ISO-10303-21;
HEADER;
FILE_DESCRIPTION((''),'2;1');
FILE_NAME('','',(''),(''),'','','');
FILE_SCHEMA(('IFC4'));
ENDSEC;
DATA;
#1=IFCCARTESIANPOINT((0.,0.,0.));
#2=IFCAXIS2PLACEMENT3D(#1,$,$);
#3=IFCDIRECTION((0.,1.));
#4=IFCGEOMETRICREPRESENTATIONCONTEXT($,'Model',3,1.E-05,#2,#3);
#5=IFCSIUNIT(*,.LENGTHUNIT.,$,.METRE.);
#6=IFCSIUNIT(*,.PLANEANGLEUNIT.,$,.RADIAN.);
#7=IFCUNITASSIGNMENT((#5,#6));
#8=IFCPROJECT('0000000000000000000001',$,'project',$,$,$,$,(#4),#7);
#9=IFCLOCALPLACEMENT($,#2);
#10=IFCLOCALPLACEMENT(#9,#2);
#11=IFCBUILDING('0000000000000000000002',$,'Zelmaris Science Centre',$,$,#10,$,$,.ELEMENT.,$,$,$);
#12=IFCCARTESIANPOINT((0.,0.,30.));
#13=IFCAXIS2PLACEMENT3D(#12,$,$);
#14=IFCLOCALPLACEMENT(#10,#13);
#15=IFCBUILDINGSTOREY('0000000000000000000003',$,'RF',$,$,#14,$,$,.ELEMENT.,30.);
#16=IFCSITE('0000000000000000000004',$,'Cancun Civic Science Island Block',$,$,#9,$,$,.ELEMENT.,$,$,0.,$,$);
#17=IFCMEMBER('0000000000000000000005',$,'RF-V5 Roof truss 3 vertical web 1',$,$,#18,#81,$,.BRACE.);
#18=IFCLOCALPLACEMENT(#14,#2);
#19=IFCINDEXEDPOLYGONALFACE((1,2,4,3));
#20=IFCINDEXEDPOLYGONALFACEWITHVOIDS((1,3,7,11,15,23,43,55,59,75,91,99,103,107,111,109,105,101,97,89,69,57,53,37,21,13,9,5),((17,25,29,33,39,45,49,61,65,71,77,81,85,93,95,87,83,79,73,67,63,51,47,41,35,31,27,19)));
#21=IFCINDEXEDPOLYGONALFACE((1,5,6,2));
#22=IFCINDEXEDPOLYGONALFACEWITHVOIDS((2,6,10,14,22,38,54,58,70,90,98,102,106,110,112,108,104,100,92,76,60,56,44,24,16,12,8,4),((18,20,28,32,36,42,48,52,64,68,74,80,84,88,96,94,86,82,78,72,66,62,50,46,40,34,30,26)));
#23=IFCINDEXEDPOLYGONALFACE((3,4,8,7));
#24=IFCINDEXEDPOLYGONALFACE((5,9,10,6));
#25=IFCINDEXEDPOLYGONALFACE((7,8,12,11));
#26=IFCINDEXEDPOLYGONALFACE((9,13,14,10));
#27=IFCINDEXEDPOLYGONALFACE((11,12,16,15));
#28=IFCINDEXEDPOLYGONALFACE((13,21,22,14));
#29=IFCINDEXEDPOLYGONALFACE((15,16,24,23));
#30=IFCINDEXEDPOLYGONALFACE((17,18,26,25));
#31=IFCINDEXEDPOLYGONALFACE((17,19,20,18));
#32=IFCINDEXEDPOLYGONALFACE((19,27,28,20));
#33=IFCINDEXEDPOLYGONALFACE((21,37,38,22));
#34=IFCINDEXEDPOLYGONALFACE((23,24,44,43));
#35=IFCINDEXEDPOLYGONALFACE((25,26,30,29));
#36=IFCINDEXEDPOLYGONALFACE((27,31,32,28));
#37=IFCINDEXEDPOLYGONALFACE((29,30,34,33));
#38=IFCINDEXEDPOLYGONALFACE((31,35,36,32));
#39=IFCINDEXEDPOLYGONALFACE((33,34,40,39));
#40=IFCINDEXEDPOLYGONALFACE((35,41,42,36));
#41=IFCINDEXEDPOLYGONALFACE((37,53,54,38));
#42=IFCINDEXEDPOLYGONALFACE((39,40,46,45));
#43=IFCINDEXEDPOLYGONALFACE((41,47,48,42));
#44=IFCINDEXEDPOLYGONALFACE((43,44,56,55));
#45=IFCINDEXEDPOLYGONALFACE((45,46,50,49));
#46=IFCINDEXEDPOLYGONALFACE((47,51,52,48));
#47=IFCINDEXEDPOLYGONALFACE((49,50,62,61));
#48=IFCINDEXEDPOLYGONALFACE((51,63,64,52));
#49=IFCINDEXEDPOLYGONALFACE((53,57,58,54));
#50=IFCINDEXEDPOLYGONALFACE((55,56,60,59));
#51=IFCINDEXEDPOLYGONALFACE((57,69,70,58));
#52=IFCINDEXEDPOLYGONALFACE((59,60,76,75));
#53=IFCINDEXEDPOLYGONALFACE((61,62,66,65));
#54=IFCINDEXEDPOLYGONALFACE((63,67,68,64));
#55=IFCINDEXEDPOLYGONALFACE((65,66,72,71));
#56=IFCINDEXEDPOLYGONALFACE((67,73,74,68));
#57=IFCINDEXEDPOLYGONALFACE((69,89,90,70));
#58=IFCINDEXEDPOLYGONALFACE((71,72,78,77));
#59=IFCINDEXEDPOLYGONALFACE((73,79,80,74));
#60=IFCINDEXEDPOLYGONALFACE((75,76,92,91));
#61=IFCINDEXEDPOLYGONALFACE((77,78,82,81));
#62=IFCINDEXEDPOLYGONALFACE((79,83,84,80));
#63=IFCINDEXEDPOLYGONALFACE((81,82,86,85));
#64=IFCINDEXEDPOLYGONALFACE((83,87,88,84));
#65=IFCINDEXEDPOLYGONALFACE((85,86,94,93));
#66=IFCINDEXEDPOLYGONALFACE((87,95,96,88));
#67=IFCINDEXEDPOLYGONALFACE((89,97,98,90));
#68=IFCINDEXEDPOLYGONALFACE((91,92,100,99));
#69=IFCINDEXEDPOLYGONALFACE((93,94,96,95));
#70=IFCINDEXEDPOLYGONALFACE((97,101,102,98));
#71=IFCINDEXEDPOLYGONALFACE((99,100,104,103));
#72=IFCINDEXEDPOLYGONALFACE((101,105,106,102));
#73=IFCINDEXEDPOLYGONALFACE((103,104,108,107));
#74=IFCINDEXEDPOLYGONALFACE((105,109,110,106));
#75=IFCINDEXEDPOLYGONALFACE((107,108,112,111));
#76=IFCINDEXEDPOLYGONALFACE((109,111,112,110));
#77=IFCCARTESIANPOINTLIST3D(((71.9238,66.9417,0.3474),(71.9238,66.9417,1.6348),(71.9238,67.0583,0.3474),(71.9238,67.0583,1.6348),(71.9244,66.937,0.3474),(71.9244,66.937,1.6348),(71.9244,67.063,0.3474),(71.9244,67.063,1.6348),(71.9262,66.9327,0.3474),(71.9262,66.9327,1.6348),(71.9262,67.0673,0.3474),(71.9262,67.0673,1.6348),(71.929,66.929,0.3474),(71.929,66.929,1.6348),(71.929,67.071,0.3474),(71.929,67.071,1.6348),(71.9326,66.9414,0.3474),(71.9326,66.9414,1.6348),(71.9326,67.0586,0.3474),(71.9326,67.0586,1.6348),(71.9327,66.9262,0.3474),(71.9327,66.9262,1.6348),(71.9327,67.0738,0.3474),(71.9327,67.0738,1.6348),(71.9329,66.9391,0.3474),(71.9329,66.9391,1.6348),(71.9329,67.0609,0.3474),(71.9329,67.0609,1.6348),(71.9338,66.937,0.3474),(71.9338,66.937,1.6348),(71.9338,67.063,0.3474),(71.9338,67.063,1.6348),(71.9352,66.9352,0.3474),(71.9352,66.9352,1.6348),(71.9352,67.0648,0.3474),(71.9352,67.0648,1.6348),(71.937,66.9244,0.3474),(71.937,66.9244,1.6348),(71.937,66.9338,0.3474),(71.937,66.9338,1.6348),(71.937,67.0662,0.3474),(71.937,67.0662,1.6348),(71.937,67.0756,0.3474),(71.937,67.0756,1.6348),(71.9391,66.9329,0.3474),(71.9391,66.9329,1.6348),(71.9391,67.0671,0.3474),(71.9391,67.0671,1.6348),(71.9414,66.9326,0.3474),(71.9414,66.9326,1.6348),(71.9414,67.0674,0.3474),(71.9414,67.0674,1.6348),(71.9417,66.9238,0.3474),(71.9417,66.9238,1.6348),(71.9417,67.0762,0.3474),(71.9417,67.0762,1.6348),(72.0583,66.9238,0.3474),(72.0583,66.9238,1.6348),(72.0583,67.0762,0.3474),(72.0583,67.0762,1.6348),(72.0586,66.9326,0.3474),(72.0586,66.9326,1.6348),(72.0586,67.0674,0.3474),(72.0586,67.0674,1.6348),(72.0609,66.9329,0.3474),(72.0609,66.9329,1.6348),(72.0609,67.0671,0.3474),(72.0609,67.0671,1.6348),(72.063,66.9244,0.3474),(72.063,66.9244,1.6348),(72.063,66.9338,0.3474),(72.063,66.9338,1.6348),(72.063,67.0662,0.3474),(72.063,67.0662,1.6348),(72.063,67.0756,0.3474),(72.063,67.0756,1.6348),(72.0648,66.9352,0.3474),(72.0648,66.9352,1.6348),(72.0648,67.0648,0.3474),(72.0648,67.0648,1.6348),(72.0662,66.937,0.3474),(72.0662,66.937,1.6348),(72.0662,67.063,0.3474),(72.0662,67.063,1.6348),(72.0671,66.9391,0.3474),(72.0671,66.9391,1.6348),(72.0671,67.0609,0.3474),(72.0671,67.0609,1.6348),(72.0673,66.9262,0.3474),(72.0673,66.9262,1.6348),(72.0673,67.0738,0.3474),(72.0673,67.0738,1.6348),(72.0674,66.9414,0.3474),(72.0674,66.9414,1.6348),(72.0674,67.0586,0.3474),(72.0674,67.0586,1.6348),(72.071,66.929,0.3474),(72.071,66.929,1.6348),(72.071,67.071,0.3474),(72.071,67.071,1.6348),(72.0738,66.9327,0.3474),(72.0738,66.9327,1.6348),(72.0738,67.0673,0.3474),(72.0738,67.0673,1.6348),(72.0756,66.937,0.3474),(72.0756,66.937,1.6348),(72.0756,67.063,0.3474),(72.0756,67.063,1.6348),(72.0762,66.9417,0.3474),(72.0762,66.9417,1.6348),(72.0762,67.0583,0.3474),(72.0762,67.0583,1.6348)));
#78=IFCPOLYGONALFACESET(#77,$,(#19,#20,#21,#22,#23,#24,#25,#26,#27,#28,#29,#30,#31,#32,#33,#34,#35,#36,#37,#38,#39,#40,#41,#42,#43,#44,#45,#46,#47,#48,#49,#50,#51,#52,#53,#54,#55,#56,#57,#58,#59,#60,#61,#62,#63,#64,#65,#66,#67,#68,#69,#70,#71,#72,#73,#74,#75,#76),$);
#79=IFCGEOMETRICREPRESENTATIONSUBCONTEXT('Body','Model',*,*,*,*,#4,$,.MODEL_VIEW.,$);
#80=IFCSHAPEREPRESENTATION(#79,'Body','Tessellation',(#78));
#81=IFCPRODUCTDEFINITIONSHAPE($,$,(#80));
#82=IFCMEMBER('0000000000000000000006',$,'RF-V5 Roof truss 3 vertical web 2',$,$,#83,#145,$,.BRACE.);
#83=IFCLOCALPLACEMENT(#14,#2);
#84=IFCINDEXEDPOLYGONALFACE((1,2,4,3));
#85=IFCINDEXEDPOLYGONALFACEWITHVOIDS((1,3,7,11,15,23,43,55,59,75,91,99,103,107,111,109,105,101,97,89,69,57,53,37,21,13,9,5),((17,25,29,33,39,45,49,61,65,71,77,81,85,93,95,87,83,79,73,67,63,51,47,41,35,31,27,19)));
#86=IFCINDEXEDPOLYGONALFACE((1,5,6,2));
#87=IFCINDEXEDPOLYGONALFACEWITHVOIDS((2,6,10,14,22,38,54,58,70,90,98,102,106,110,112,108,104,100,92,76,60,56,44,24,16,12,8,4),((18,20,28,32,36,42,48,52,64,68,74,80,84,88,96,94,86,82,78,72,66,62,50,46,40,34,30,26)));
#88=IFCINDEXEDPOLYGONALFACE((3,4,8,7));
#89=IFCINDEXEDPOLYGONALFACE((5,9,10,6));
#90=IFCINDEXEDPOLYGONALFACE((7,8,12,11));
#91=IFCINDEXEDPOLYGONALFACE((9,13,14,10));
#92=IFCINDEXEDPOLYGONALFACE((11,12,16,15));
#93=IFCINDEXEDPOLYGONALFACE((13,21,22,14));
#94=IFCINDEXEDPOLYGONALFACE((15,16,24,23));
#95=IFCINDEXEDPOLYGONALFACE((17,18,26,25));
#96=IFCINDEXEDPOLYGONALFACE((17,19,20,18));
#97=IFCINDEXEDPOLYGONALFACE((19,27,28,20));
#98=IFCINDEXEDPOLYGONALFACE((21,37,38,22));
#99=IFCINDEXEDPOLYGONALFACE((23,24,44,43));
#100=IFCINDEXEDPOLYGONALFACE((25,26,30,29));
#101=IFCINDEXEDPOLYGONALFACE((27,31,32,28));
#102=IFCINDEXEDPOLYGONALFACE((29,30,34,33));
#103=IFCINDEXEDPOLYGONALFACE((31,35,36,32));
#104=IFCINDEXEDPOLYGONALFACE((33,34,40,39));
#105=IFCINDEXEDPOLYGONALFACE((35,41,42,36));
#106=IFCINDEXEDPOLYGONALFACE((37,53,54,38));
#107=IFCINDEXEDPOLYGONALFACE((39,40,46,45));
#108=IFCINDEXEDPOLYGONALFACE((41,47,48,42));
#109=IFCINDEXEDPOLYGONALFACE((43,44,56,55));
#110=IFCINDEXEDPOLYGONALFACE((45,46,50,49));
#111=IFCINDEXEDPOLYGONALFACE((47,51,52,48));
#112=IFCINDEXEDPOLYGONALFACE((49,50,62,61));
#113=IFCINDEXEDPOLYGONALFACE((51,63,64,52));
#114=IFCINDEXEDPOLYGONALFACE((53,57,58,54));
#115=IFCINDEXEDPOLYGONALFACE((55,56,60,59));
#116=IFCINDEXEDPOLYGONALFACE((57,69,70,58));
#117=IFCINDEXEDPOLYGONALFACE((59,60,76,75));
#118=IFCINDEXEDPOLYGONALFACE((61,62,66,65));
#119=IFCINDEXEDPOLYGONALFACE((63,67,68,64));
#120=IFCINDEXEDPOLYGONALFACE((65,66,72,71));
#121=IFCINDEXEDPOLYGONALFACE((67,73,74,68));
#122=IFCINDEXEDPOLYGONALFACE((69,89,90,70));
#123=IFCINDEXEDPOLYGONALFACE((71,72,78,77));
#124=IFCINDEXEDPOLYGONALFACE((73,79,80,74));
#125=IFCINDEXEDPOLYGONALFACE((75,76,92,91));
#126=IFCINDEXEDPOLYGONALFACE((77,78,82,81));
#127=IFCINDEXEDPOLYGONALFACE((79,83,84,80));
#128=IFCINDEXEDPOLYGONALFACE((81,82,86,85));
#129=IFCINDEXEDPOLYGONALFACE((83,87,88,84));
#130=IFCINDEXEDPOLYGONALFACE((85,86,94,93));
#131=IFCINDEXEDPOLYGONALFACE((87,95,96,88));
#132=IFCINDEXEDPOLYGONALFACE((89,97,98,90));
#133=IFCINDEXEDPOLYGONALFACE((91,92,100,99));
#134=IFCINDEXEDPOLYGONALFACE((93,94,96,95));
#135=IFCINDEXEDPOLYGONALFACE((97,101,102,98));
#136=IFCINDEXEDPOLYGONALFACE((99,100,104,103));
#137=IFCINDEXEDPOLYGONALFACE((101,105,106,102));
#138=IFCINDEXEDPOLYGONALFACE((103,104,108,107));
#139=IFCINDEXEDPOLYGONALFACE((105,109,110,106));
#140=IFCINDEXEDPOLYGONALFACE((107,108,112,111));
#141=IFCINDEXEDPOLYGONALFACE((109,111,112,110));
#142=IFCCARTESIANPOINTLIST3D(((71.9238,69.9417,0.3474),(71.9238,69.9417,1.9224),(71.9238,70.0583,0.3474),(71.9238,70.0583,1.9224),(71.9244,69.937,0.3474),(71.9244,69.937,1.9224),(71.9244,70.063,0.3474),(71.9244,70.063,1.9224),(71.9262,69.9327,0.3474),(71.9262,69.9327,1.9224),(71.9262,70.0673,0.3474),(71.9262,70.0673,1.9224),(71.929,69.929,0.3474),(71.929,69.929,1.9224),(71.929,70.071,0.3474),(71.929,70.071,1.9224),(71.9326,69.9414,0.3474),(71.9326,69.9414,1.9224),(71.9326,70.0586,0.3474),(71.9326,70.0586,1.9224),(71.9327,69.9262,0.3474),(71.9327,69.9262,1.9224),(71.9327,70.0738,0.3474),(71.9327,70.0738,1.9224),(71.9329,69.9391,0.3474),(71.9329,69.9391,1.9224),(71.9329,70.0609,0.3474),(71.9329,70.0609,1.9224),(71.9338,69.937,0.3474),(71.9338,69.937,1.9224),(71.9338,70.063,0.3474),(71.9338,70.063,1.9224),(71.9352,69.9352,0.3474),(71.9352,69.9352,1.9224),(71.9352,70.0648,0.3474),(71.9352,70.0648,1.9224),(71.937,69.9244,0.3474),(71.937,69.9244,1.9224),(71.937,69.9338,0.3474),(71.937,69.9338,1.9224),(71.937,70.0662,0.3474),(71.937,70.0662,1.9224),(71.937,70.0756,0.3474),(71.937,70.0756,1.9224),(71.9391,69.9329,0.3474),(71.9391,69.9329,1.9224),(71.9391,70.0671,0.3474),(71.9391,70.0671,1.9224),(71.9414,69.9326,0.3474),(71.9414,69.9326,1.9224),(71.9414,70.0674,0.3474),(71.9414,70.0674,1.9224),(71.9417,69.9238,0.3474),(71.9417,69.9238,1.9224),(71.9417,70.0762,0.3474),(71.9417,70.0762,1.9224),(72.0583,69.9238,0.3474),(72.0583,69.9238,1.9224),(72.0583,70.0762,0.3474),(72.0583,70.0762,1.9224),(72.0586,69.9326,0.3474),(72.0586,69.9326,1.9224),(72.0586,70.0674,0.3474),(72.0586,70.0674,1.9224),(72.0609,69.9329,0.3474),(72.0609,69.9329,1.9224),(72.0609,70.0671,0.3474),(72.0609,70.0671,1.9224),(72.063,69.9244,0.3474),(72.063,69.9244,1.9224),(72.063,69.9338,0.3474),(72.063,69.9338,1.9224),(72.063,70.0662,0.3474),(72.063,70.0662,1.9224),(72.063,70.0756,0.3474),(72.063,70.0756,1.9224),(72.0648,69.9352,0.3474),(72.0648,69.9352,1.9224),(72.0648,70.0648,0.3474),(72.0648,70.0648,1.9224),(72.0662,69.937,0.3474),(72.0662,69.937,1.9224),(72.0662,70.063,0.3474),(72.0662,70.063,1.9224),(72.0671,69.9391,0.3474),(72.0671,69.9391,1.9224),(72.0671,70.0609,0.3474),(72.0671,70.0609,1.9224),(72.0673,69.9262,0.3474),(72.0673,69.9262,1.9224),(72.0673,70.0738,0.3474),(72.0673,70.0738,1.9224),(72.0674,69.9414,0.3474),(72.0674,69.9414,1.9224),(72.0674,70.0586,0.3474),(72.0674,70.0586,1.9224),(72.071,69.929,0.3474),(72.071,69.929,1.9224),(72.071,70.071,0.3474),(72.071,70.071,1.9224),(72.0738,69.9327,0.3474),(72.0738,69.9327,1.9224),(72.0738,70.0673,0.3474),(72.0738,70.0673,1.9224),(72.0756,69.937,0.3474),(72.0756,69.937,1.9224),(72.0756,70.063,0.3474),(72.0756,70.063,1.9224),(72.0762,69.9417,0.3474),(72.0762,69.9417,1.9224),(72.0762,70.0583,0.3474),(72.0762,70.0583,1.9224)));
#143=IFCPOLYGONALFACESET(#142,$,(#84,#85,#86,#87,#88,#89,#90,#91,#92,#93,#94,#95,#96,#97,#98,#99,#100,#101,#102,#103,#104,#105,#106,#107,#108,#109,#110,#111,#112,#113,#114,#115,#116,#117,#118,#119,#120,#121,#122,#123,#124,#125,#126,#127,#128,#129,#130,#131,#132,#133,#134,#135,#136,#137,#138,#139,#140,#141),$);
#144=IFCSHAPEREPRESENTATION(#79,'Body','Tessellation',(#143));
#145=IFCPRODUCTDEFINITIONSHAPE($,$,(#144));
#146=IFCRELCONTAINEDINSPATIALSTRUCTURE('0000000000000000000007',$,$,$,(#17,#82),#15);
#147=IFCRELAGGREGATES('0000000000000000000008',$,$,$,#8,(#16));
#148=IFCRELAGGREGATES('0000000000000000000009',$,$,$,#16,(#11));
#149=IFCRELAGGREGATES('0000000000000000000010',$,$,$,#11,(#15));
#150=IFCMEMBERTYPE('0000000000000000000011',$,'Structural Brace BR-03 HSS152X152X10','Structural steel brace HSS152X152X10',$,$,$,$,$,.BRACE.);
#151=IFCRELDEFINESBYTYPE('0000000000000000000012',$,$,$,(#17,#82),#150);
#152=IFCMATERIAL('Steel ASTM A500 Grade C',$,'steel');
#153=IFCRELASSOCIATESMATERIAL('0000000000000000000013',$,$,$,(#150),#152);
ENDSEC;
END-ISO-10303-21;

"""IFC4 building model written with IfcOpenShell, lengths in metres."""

from ifc_helpers import new_model, si_unit, direction, frame, origin, origin_2d, place, context, subcontext, project, spatial, hollow_rectangle, extrude, material, material_profile, profile_set, type_object, element, save


model = new_model("IFC4")

# Units and contexts
model_context = context("Model", 3, precision=1e-05, world=origin(), true_north=direction((0.0, 1.0)))
body_context = subcontext(model_context, "Body", "Model", "MODEL_VIEW")
ifc_project = project(units=[si_unit("LENGTHUNIT", "METRE"), si_unit("PLANEANGLEUNIT", "RADIAN")], contexts=[model_context])

# Site, building, storey
site_placement = place(None, origin())
site = spatial("IfcSite", under=ifc_project, at=site_placement, Name="Cancun Civic Science Island Block", CompositionType="ELEMENT", RefElevation=0.0)
building_placement = place(site_placement, origin())
building = spatial("IfcBuilding", under=site, at=building_placement, Name="Zelmaris Science Centre", CompositionType="ELEMENT")
storey_placement = place(building_placement, frame((0.0, 0.0, 30.0)))
storey = spatial("IfcBuildingStorey", under=building, at=storey_placement, Name="RF", CompositionType="ELEMENT", Elevation=30.0)

# Shared definitions
ifc_material = material(Name="Steel ASTM A500 Grade C", Category="steel")

# Members
ifc_material_profile_1 = material_profile(ifc_material, hollow_rectangle(XDim=0.1523, YDim=0.1523, WallThickness=0.0088, InnerFilletRadius=0.0088, OuterFilletRadius=0.0178, at=origin_2d()), Name="HSS152X152X10")
ifc_profile_set_1 = profile_set([ifc_material_profile_1], Name="Steel ASTM A500 Grade C")
member_type_1 = type_object("IfcMemberType", Name="Structural Brace BR-03 HSS152X152X10", Description="Structural steel brace HSS152X152X10", PredefinedType="BRACE", material=ifc_profile_set_1)
member_1_placement = place(storey_placement, frame((72.0, 67.0, 0.3474), z_axis=(0.0, 0.0, 1.0), x_axis=(1.0, 0.0, 0.0)))
element("IfcMember", 1, at=member_1_placement, inside=storey, type_object=member_type_1, Name="RF-V5 Roof truss 3 vertical web 1", PredefinedType="BRACE", context=body_context, shape_type="SweptSolid", body=[
    extrude(hollow_rectangle(XDim=0.1523, YDim=0.1523, WallThickness=0.0088, InnerFilletRadius=0.0088, OuterFilletRadius=0.0178, at=origin_2d()), origin(), (0.0, 0.0, 1.0), 1.2874),
])
member_2_placement = place(storey_placement, frame((72.0, 70.0, 0.3474), z_axis=(0.0, 0.0, 1.0), x_axis=(1.0, 0.0, 0.0)))
element("IfcMember", 2, at=member_2_placement, inside=storey, type_object=member_type_1, Name="RF-V5 Roof truss 3 vertical web 2", PredefinedType="BRACE", context=body_context, shape_type="SweptSolid", body=[
    extrude(hollow_rectangle(XDim=0.1523, YDim=0.1523, WallThickness=0.0088, InnerFilletRadius=0.0088, OuterFilletRadius=0.0178, at=origin_2d()), origin(), (0.0, 0.0, 1.0), 1.575),
])

save(model, "model.ifc")
